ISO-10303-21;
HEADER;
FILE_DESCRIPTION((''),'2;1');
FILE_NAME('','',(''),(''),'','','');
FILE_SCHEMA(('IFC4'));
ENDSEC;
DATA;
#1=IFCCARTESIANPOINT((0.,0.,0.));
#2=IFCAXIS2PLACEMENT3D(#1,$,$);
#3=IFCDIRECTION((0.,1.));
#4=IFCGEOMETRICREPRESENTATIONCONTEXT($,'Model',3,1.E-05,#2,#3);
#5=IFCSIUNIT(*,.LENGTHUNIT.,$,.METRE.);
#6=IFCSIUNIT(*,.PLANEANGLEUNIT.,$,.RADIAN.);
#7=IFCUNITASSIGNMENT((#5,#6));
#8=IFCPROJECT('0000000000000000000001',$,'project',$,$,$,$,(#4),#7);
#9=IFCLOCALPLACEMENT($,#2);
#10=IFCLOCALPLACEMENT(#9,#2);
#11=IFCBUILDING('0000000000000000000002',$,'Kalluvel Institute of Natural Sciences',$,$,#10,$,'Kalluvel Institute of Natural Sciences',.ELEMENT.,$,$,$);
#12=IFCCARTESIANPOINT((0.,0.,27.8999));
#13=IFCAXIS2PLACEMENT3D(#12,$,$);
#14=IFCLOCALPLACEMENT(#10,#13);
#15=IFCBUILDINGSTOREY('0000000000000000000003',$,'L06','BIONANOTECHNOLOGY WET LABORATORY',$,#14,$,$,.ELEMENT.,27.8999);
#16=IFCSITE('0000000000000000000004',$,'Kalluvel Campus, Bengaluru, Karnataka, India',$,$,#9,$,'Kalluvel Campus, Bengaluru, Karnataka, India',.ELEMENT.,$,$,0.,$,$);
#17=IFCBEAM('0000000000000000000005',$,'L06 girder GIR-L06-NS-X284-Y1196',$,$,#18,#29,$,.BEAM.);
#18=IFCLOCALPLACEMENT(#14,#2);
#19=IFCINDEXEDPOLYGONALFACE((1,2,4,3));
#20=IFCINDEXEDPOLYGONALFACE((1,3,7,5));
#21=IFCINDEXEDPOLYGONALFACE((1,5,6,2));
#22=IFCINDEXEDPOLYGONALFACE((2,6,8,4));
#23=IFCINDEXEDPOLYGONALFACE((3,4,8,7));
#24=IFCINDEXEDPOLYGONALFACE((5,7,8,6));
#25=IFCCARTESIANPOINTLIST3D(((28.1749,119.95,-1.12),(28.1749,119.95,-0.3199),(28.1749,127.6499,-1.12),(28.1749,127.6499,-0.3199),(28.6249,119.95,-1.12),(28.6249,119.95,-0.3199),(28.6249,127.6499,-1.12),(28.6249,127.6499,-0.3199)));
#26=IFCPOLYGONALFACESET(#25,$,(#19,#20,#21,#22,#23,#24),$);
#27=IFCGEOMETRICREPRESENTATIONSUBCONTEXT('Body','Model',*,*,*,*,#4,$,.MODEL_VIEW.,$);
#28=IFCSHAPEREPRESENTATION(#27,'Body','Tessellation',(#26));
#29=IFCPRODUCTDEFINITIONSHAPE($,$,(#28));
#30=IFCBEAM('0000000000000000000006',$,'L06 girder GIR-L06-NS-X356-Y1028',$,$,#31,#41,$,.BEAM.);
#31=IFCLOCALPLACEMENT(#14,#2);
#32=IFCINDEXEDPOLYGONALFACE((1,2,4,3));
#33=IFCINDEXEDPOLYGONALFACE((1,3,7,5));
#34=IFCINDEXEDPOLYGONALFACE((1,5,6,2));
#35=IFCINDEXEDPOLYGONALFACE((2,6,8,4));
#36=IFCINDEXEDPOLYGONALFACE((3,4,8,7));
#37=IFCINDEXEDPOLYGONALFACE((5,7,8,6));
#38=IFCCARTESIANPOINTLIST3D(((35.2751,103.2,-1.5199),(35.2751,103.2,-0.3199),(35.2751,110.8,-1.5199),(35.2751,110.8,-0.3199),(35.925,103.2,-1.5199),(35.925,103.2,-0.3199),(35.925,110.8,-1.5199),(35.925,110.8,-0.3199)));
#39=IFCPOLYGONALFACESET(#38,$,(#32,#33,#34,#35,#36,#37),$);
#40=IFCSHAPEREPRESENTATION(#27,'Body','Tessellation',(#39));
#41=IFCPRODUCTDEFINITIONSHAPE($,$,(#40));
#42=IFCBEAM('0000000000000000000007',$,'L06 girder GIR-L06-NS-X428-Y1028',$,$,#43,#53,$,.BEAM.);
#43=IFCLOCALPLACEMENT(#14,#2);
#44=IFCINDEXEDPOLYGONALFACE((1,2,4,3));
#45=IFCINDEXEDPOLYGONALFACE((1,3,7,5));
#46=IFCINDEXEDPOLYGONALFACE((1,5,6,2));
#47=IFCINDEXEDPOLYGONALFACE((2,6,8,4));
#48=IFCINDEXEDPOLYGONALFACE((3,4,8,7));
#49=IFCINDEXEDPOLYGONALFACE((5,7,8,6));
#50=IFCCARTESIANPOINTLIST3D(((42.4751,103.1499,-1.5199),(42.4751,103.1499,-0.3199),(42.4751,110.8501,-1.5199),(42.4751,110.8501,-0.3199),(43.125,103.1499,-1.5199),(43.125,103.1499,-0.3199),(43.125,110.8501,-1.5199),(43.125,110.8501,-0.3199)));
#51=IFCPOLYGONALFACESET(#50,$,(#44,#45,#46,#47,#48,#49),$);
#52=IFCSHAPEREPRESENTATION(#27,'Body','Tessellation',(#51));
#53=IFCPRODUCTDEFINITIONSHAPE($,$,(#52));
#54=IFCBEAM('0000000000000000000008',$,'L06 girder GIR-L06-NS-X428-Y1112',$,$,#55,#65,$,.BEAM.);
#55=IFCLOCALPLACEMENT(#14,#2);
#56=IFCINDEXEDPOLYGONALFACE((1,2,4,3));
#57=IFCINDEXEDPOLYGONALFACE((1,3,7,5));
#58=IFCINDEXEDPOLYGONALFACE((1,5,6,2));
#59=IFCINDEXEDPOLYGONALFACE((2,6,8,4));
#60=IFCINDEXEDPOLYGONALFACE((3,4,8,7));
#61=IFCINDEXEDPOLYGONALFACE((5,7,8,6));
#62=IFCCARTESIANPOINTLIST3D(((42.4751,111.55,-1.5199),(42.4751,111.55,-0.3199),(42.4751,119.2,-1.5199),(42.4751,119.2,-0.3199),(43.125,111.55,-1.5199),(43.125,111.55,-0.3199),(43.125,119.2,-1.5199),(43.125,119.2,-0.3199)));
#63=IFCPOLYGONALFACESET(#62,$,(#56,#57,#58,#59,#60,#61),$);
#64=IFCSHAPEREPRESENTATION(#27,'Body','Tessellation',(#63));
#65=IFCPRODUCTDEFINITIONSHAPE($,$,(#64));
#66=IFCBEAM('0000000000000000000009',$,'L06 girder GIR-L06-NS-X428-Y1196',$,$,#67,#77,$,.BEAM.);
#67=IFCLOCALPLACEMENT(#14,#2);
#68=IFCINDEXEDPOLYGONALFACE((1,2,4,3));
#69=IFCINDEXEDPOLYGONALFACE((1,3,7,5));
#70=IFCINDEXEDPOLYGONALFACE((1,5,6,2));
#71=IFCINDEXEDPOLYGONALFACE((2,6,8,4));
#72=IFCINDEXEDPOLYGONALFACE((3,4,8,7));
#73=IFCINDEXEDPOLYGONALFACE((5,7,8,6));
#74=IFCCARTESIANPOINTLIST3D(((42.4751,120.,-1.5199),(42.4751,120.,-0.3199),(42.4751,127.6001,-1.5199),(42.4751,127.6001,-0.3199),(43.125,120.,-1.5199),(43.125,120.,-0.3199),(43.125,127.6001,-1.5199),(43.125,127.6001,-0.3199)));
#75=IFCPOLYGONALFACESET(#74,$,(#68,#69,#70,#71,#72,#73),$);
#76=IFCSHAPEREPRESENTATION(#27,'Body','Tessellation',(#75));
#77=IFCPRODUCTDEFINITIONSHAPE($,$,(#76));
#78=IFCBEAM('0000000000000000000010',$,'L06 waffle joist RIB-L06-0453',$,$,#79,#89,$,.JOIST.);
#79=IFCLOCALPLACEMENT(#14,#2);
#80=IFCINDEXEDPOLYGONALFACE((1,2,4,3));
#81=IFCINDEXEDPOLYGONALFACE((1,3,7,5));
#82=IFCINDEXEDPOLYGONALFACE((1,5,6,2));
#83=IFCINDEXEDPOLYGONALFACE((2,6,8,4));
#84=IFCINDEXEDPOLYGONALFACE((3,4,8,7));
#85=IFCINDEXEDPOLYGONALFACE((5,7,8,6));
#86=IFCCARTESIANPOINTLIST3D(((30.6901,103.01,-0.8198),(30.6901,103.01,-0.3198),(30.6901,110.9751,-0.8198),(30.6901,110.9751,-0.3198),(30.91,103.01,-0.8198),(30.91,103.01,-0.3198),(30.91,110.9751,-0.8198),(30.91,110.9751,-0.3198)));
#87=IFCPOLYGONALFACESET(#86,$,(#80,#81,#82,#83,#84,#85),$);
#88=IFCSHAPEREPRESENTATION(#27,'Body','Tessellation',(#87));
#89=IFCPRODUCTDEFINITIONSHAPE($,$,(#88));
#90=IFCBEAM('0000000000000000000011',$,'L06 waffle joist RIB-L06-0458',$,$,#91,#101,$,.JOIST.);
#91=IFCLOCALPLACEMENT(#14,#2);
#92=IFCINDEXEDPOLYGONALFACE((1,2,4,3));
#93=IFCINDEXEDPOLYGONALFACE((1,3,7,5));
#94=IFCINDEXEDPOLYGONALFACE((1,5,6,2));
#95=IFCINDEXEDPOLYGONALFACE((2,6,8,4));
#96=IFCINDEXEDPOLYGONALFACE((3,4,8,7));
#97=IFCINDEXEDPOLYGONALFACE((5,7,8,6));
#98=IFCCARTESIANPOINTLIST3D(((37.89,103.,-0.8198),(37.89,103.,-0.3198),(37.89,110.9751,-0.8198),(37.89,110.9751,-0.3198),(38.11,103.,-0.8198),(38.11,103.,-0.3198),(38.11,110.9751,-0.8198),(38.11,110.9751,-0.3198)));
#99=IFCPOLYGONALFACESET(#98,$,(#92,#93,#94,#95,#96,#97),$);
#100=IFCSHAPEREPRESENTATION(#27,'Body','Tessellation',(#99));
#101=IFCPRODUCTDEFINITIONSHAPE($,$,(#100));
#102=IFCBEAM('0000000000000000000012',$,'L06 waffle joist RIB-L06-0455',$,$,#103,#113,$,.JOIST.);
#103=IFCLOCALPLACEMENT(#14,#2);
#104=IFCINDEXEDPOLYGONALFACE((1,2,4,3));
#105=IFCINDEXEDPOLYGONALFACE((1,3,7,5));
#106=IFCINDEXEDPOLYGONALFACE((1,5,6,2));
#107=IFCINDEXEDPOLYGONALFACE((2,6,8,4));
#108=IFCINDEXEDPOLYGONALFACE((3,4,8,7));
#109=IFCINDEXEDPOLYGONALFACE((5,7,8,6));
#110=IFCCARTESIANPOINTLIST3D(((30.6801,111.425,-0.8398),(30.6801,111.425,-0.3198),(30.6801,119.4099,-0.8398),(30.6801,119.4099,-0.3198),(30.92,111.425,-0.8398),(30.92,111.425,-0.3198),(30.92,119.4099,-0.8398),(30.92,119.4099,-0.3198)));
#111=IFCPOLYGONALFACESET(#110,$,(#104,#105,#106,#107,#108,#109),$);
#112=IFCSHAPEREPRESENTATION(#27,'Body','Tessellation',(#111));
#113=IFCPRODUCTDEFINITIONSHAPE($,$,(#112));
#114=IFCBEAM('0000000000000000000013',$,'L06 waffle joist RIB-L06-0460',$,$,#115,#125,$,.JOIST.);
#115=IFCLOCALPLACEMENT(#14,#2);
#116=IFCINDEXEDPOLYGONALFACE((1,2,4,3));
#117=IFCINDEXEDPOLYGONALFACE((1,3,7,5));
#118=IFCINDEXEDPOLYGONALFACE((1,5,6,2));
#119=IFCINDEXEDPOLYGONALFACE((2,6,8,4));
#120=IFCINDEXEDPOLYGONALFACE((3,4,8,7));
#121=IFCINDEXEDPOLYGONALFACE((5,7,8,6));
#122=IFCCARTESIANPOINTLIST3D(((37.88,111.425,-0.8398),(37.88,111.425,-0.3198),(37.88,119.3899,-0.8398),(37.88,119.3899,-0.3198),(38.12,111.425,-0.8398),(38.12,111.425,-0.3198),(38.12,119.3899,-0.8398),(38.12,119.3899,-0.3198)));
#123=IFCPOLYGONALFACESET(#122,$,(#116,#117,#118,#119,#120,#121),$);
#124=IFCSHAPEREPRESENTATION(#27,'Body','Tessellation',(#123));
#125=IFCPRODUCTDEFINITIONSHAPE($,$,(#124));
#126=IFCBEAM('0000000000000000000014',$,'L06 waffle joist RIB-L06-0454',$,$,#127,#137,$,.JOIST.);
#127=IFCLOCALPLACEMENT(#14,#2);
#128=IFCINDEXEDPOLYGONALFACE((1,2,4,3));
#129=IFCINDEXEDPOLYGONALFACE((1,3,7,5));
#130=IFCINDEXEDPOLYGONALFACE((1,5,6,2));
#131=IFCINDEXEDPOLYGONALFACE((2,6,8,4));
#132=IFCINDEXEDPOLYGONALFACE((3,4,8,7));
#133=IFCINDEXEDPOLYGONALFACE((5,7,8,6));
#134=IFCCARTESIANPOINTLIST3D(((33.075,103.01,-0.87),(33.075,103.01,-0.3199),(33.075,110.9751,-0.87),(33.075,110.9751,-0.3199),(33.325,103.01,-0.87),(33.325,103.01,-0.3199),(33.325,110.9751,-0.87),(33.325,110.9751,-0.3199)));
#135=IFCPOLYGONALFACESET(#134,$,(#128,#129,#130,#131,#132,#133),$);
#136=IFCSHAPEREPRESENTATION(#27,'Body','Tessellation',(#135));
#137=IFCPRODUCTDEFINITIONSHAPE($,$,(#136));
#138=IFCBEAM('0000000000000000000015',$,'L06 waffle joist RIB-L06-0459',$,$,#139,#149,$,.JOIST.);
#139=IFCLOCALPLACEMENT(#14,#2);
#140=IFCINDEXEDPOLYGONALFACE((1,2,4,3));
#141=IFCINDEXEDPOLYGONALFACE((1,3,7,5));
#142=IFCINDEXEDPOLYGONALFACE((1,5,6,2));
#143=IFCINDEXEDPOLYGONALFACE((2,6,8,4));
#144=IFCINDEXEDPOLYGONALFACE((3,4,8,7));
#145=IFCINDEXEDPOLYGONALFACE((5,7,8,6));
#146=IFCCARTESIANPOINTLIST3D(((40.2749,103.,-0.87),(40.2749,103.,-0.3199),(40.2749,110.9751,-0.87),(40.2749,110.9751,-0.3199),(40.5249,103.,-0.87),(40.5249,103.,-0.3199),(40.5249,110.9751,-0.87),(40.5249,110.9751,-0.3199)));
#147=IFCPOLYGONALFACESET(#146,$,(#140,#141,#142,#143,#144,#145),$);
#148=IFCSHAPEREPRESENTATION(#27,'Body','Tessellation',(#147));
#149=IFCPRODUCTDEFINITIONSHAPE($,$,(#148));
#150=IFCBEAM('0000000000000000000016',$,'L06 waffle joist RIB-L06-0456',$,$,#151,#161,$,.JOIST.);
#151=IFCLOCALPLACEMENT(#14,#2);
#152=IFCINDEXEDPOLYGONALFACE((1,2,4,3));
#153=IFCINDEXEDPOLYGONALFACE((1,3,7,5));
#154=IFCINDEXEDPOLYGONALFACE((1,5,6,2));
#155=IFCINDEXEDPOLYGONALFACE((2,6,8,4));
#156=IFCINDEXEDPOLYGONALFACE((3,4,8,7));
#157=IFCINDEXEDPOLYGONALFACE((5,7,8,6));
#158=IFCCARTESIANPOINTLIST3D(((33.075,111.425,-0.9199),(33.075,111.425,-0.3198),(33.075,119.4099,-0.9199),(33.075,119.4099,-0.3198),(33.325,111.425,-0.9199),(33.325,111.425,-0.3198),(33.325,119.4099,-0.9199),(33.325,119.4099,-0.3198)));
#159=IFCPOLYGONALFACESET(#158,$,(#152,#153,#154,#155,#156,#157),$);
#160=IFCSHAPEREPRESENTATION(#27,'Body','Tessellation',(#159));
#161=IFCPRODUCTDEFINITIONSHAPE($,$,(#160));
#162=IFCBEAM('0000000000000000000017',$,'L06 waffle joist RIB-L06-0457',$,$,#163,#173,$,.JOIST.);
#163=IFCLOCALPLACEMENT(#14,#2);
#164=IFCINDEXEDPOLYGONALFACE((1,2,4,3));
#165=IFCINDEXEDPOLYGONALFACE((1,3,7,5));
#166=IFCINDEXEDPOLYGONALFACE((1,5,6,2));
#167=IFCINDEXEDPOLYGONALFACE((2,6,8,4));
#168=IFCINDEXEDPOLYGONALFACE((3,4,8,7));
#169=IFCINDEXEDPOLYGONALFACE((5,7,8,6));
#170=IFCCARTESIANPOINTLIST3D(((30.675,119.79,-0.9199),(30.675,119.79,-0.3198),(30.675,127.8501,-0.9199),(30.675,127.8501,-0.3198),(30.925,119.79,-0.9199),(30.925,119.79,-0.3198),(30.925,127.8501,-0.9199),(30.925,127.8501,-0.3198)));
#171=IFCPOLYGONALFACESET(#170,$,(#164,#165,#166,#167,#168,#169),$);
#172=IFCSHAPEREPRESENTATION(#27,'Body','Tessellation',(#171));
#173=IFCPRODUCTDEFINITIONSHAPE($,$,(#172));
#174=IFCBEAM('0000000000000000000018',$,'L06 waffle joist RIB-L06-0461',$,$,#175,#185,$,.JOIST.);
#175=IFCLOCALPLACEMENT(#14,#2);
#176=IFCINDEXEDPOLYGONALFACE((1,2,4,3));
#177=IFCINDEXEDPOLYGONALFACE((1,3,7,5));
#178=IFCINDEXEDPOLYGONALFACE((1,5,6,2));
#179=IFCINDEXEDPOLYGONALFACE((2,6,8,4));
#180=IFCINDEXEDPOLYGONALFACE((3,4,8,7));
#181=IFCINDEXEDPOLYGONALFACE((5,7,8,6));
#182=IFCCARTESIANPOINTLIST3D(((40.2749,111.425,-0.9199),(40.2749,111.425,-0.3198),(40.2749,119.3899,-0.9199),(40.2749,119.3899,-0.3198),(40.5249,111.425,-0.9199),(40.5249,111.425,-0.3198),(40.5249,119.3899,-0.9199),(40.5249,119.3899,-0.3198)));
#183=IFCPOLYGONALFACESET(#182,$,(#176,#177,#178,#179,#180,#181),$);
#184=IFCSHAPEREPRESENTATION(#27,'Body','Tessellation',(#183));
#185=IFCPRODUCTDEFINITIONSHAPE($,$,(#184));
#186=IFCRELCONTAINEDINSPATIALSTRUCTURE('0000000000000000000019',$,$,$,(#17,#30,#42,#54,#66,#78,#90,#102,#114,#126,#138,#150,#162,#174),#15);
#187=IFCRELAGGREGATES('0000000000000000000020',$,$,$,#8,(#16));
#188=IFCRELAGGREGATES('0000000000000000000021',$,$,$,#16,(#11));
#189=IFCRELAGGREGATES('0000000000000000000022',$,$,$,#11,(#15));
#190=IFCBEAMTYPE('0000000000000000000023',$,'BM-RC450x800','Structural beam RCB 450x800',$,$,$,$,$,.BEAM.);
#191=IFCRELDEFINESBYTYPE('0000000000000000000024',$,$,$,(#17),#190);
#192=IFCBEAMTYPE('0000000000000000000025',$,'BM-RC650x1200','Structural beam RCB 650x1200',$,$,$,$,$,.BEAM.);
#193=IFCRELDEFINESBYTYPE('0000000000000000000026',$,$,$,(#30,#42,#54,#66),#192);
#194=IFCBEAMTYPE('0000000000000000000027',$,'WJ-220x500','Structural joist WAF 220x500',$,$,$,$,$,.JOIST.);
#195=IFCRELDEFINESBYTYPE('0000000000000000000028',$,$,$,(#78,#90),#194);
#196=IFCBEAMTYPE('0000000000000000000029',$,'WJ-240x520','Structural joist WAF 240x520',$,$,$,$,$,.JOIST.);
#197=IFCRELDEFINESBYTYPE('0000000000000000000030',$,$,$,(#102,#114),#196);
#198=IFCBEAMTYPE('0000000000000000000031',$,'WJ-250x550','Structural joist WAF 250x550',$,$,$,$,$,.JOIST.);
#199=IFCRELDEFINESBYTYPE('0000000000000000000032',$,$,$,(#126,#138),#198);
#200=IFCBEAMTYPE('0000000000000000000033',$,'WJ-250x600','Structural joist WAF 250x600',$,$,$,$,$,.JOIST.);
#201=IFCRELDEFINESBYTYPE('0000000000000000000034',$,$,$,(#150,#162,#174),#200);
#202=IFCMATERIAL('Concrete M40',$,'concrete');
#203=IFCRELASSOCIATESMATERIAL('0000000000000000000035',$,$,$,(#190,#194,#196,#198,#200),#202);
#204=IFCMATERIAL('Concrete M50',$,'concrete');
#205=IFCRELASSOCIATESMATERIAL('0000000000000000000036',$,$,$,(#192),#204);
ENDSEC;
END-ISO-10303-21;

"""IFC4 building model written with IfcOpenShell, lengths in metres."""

from ifc_helpers import new_model, si_unit, direction, frame, origin, origin_2d, place, context, subcontext, project, spatial, rectangle, extrude, material, material_profile, profile_set, type_object, element, save


model = new_model("IFC4")

# Units and contexts
model_context = context("Model", 3, precision=1e-05, world=origin(), true_north=direction((0.0, 1.0)))
body_context = subcontext(model_context, "Body", "Model", "MODEL_VIEW")
ifc_project = project(units=[si_unit("LENGTHUNIT", "METRE"), si_unit("PLANEANGLEUNIT", "RADIAN")], contexts=[model_context])

# Site, building, storey
site_placement = place(None, origin())
site = spatial("IfcSite", under=ifc_project, at=site_placement, Name="Kalluvel Campus, Bengaluru, Karnataka, India", LongName="Kalluvel Campus, Bengaluru, Karnataka, India", CompositionType="ELEMENT", RefElevation=0.0)
building_placement = place(site_placement, origin())
building = spatial("IfcBuilding", under=site, at=building_placement, Name="Kalluvel Institute of Natural Sciences", LongName="Kalluvel Institute of Natural Sciences", CompositionType="ELEMENT")
storey_placement = place(building_placement, frame((0.0, 0.0, 27.8999)))
storey = spatial("IfcBuildingStorey", under=building, at=storey_placement, Name="L06", Description="BIONANOTECHNOLOGY WET LABORATORY", CompositionType="ELEMENT", Elevation=27.8999)

# Shared definitions
ifc_material_1 = material(Name="Concrete M40", Category="concrete")

# Beams
ifc_material_profile_1 = material_profile(ifc_material_1, rectangle(XDim=0.45, YDim=0.8, at=origin_2d()), Name="RCB 450x800")
ifc_profile_set_1 = profile_set([ifc_material_profile_1], Name="Concrete M40")
beam_type_1 = type_object("IfcBeamType", Name="BM-RC450x800", Description="Structural beam RCB 450x800", PredefinedType="BEAM", material=ifc_profile_set_1)
beam_1_placement = place(storey_placement, frame((28.3999, 119.95, -0.72), z_axis=(0.0, 1.0, 0.0), x_axis=(-1.0, 0.0, 0.0)))
element("IfcBeam", 1, at=beam_1_placement, inside=storey, type_object=beam_type_1, Name="L06 girder GIR-L06-NS-X284-Y1196", PredefinedType="BEAM", context=body_context, shape_type="SweptSolid", body=[
    extrude(rectangle(XDim=0.45, YDim=0.8, at=origin_2d()), origin(), (0.0, 0.0, 1.0), 7.7),
])
ifc_material_2 = material(Name="Concrete M50", Category="concrete")
ifc_material_profile_2 = material_profile(ifc_material_2, rectangle(XDim=0.6499, YDim=1.2, at=origin_2d()), Name="RCB 650x1200")
ifc_profile_set_2 = profile_set([ifc_material_profile_2], Name="Concrete M50")
beam_type_2 = type_object("IfcBeamType", Name="BM-RC650x1200", Description="Structural beam RCB 650x1200", PredefinedType="BEAM", material=ifc_profile_set_2)
beam_2_placement = place(storey_placement, frame((35.6001, 103.2, -0.9199), z_axis=(0.0, 1.0, 0.0), x_axis=(-1.0, 0.0, 0.0)))
element("IfcBeam", 2, at=beam_2_placement, inside=storey, type_object=beam_type_2, Name="L06 girder GIR-L06-NS-X356-Y1028", PredefinedType="BEAM", context=body_context, shape_type="SweptSolid", body=[
    extrude(rectangle(XDim=0.6499, YDim=1.2, at=origin_2d()), origin(), (0.0, 0.0, 1.0), 7.6001),
])
beam_3_placement = place(storey_placement, frame((42.8, 103.1499, -0.9199), z_axis=(0.0, 1.0, 0.0), x_axis=(-1.0, 0.0, 0.0)))
element("IfcBeam", 3, at=beam_3_placement, inside=storey, type_object=beam_type_2, Name="L06 girder GIR-L06-NS-X428-Y1028", PredefinedType="BEAM", context=body_context, shape_type="SweptSolid", body=[
    extrude(rectangle(XDim=0.6499, YDim=1.2, at=origin_2d()), origin(), (0.0, 0.0, 1.0), 7.7002),
])
beam_4_placement = place(storey_placement, frame((42.8, 111.55, -0.9199), z_axis=(0.0, 1.0, 0.0), x_axis=(-1.0, 0.0, 0.0)))
element("IfcBeam", 4, at=beam_4_placement, inside=storey, type_object=beam_type_2, Name="L06 girder GIR-L06-NS-X428-Y1112", PredefinedType="BEAM", context=body_context, shape_type="SweptSolid", body=[
    extrude(rectangle(XDim=0.6499, YDim=1.2, at=origin_2d()), origin(), (0.0, 0.0, 1.0), 7.6499),
])
beam_5_placement = place(storey_placement, frame((42.8, 120.0, -0.9199), z_axis=(0.0, 1.0, 0.0), x_axis=(-1.0, 0.0, 0.0)))
element("IfcBeam", 5, at=beam_5_placement, inside=storey, type_object=beam_type_2, Name="L06 girder GIR-L06-NS-X428-Y1196", PredefinedType="BEAM", context=body_context, shape_type="SweptSolid", body=[
    extrude(rectangle(XDim=0.6499, YDim=1.2, at=origin_2d()), origin(), (0.0, 0.0, 1.0), 7.6001),
])
ifc_material_profile_3 = material_profile(ifc_material_1, rectangle(XDim=0.22, YDim=0.5, at=origin_2d()), Name="WAF 220x500")
ifc_profile_set_3 = profile_set([ifc_material_profile_3], Name="Concrete M40")
beam_type_3 = type_object("IfcBeamType", Name="WJ-220x500", Description="Structural joist WAF 220x500", PredefinedType="JOIST", material=ifc_profile_set_3)
beam_6_placement = place(storey_placement, frame((30.8, 103.01, -0.5698), z_axis=(0.0, 1.0, 0.0), x_axis=(-1.0, 0.0, 0.0)))
element("IfcBeam", 6, at=beam_6_placement, inside=storey, type_object=beam_type_3, Name="L06 waffle joist RIB-L06-0453", PredefinedType="JOIST", context=body_context, shape_type="SweptSolid", body=[
    extrude(rectangle(XDim=0.22, YDim=0.5, at=origin_2d()), origin(), (0.0, 0.0, 1.0), 7.9651),
])
beam_7_placement = place(storey_placement, frame((38.0, 103.0, -0.5698), z_axis=(0.0, 1.0, 0.0), x_axis=(-1.0, 0.0, 0.0)))
element("IfcBeam", 7, at=beam_7_placement, inside=storey, type_object=beam_type_3, Name="L06 waffle joist RIB-L06-0458", PredefinedType="JOIST", context=body_context, shape_type="SweptSolid", body=[
    extrude(rectangle(XDim=0.22, YDim=0.5, at=origin_2d()), origin(), (0.0, 0.0, 1.0), 7.9751),
])
ifc_material_profile_4 = material_profile(ifc_material_1, rectangle(XDim=0.24, YDim=0.52, at=origin_2d()), Name="WAF 240x520")
ifc_profile_set_4 = profile_set([ifc_material_profile_4], Name="Concrete M40")
beam_type_4 = type_object("IfcBeamType", Name="WJ-240x520", Description="Structural joist WAF 240x520", PredefinedType="JOIST", material=ifc_profile_set_4)
beam_8_placement = place(storey_placement, frame((30.8, 111.425, -0.5798), z_axis=(0.0, 1.0, 0.0), x_axis=(-1.0, 0.0, 0.0)))
element("IfcBeam", 8, at=beam_8_placement, inside=storey, type_object=beam_type_4, Name="L06 waffle joist RIB-L06-0455", PredefinedType="JOIST", context=body_context, shape_type="SweptSolid", body=[
    extrude(rectangle(XDim=0.24, YDim=0.52, at=origin_2d()), origin(), (0.0, 0.0, 1.0), 7.9849),
])
beam_9_placement = place(storey_placement, frame((38.0, 111.425, -0.5798), z_axis=(0.0, 1.0, 0.0), x_axis=(-1.0, 0.0, 0.0)))
element("IfcBeam", 9, at=beam_9_placement, inside=storey, type_object=beam_type_4, Name="L06 waffle joist RIB-L06-0460", PredefinedType="JOIST", context=body_context, shape_type="SweptSolid", body=[
    extrude(rectangle(XDim=0.24, YDim=0.52, at=origin_2d()), origin(), (0.0, 0.0, 1.0), 7.9648),
])
ifc_material_profile_5 = material_profile(ifc_material_1, rectangle(XDim=0.25, YDim=0.55, at=origin_2d()), Name="WAF 250x550")
ifc_profile_set_5 = profile_set([ifc_material_profile_5], Name="Concrete M40")
beam_type_5 = type_object("IfcBeamType", Name="WJ-250x550", Description="Structural joist WAF 250x550", PredefinedType="JOIST", material=ifc_profile_set_5)
beam_10_placement = place(storey_placement, frame((33.2, 103.01, -0.595), z_axis=(0.0, 1.0, 0.0), x_axis=(-1.0, 0.0, 0.0)))
element("IfcBeam", 10, at=beam_10_placement, inside=storey, type_object=beam_type_5, Name="L06 waffle joist RIB-L06-0454", PredefinedType="JOIST", context=body_context, shape_type="SweptSolid", body=[
    extrude(rectangle(XDim=0.25, YDim=0.55, at=origin_2d()), origin(), (0.0, 0.0, 1.0), 7.9651),
])
beam_11_placement = place(storey_placement, frame((40.3999, 103.0, -0.595), z_axis=(0.0, 1.0, 0.0), x_axis=(-1.0, 0.0, 0.0)))
element("IfcBeam", 11, at=beam_11_placement, inside=storey, type_object=beam_type_5, Name="L06 waffle joist RIB-L06-0459", PredefinedType="JOIST", context=body_context, shape_type="SweptSolid", body=[
    extrude(rectangle(XDim=0.25, YDim=0.55, at=origin_2d()), origin(), (0.0, 0.0, 1.0), 7.9751),
])
ifc_material_profile_6 = material_profile(ifc_material_1, rectangle(XDim=0.25, YDim=0.6001, at=origin_2d()), Name="WAF 250x600")
ifc_profile_set_6 = profile_set([ifc_material_profile_6], Name="Concrete M40")
beam_type_6 = type_object("IfcBeamType", Name="WJ-250x600", Description="Structural joist WAF 250x600", PredefinedType="JOIST", material=ifc_profile_set_6)
beam_12_placement = place(storey_placement, frame((33.2, 111.425, -0.6199), z_axis=(0.0, 1.0, 0.0), x_axis=(-1.0, 0.0, 0.0)))
element("IfcBeam", 12, at=beam_12_placement, inside=storey, type_object=beam_type_6, Name="L06 waffle joist RIB-L06-0456", PredefinedType="JOIST", context=body_context, shape_type="SweptSolid", body=[
    extrude(rectangle(XDim=0.25, YDim=0.6001, at=origin_2d()), origin(), (0.0, 0.0, 1.0), 7.9849),
])
beam_13_placement = place(storey_placement, frame((30.8, 119.79, -0.6199), z_axis=(0.0, 1.0, 0.0), x_axis=(-1.0, 0.0, 0.0)))
element("IfcBeam", 13, at=beam_13_placement, inside=storey, type_object=beam_type_6, Name="L06 waffle joist RIB-L06-0457", PredefinedType="JOIST", context=body_context, shape_type="SweptSolid", body=[
    extrude(rectangle(XDim=0.25, YDim=0.6001, at=origin_2d()), origin(), (0.0, 0.0, 1.0), 8.0601),
])
beam_14_placement = place(storey_placement, frame((40.3999, 111.425, -0.6199), z_axis=(0.0, 1.0, 0.0), x_axis=(-1.0, 0.0, 0.0)))
element("IfcBeam", 14, at=beam_14_placement, inside=storey, type_object=beam_type_6, Name="L06 waffle joist RIB-L06-0461", PredefinedType="JOIST", context=body_context, shape_type="SweptSolid", body=[
    extrude(rectangle(XDim=0.25, YDim=0.6001, at=origin_2d()), origin(), (0.0, 0.0, 1.0), 7.9648),
])

save(model, "model.ifc")
